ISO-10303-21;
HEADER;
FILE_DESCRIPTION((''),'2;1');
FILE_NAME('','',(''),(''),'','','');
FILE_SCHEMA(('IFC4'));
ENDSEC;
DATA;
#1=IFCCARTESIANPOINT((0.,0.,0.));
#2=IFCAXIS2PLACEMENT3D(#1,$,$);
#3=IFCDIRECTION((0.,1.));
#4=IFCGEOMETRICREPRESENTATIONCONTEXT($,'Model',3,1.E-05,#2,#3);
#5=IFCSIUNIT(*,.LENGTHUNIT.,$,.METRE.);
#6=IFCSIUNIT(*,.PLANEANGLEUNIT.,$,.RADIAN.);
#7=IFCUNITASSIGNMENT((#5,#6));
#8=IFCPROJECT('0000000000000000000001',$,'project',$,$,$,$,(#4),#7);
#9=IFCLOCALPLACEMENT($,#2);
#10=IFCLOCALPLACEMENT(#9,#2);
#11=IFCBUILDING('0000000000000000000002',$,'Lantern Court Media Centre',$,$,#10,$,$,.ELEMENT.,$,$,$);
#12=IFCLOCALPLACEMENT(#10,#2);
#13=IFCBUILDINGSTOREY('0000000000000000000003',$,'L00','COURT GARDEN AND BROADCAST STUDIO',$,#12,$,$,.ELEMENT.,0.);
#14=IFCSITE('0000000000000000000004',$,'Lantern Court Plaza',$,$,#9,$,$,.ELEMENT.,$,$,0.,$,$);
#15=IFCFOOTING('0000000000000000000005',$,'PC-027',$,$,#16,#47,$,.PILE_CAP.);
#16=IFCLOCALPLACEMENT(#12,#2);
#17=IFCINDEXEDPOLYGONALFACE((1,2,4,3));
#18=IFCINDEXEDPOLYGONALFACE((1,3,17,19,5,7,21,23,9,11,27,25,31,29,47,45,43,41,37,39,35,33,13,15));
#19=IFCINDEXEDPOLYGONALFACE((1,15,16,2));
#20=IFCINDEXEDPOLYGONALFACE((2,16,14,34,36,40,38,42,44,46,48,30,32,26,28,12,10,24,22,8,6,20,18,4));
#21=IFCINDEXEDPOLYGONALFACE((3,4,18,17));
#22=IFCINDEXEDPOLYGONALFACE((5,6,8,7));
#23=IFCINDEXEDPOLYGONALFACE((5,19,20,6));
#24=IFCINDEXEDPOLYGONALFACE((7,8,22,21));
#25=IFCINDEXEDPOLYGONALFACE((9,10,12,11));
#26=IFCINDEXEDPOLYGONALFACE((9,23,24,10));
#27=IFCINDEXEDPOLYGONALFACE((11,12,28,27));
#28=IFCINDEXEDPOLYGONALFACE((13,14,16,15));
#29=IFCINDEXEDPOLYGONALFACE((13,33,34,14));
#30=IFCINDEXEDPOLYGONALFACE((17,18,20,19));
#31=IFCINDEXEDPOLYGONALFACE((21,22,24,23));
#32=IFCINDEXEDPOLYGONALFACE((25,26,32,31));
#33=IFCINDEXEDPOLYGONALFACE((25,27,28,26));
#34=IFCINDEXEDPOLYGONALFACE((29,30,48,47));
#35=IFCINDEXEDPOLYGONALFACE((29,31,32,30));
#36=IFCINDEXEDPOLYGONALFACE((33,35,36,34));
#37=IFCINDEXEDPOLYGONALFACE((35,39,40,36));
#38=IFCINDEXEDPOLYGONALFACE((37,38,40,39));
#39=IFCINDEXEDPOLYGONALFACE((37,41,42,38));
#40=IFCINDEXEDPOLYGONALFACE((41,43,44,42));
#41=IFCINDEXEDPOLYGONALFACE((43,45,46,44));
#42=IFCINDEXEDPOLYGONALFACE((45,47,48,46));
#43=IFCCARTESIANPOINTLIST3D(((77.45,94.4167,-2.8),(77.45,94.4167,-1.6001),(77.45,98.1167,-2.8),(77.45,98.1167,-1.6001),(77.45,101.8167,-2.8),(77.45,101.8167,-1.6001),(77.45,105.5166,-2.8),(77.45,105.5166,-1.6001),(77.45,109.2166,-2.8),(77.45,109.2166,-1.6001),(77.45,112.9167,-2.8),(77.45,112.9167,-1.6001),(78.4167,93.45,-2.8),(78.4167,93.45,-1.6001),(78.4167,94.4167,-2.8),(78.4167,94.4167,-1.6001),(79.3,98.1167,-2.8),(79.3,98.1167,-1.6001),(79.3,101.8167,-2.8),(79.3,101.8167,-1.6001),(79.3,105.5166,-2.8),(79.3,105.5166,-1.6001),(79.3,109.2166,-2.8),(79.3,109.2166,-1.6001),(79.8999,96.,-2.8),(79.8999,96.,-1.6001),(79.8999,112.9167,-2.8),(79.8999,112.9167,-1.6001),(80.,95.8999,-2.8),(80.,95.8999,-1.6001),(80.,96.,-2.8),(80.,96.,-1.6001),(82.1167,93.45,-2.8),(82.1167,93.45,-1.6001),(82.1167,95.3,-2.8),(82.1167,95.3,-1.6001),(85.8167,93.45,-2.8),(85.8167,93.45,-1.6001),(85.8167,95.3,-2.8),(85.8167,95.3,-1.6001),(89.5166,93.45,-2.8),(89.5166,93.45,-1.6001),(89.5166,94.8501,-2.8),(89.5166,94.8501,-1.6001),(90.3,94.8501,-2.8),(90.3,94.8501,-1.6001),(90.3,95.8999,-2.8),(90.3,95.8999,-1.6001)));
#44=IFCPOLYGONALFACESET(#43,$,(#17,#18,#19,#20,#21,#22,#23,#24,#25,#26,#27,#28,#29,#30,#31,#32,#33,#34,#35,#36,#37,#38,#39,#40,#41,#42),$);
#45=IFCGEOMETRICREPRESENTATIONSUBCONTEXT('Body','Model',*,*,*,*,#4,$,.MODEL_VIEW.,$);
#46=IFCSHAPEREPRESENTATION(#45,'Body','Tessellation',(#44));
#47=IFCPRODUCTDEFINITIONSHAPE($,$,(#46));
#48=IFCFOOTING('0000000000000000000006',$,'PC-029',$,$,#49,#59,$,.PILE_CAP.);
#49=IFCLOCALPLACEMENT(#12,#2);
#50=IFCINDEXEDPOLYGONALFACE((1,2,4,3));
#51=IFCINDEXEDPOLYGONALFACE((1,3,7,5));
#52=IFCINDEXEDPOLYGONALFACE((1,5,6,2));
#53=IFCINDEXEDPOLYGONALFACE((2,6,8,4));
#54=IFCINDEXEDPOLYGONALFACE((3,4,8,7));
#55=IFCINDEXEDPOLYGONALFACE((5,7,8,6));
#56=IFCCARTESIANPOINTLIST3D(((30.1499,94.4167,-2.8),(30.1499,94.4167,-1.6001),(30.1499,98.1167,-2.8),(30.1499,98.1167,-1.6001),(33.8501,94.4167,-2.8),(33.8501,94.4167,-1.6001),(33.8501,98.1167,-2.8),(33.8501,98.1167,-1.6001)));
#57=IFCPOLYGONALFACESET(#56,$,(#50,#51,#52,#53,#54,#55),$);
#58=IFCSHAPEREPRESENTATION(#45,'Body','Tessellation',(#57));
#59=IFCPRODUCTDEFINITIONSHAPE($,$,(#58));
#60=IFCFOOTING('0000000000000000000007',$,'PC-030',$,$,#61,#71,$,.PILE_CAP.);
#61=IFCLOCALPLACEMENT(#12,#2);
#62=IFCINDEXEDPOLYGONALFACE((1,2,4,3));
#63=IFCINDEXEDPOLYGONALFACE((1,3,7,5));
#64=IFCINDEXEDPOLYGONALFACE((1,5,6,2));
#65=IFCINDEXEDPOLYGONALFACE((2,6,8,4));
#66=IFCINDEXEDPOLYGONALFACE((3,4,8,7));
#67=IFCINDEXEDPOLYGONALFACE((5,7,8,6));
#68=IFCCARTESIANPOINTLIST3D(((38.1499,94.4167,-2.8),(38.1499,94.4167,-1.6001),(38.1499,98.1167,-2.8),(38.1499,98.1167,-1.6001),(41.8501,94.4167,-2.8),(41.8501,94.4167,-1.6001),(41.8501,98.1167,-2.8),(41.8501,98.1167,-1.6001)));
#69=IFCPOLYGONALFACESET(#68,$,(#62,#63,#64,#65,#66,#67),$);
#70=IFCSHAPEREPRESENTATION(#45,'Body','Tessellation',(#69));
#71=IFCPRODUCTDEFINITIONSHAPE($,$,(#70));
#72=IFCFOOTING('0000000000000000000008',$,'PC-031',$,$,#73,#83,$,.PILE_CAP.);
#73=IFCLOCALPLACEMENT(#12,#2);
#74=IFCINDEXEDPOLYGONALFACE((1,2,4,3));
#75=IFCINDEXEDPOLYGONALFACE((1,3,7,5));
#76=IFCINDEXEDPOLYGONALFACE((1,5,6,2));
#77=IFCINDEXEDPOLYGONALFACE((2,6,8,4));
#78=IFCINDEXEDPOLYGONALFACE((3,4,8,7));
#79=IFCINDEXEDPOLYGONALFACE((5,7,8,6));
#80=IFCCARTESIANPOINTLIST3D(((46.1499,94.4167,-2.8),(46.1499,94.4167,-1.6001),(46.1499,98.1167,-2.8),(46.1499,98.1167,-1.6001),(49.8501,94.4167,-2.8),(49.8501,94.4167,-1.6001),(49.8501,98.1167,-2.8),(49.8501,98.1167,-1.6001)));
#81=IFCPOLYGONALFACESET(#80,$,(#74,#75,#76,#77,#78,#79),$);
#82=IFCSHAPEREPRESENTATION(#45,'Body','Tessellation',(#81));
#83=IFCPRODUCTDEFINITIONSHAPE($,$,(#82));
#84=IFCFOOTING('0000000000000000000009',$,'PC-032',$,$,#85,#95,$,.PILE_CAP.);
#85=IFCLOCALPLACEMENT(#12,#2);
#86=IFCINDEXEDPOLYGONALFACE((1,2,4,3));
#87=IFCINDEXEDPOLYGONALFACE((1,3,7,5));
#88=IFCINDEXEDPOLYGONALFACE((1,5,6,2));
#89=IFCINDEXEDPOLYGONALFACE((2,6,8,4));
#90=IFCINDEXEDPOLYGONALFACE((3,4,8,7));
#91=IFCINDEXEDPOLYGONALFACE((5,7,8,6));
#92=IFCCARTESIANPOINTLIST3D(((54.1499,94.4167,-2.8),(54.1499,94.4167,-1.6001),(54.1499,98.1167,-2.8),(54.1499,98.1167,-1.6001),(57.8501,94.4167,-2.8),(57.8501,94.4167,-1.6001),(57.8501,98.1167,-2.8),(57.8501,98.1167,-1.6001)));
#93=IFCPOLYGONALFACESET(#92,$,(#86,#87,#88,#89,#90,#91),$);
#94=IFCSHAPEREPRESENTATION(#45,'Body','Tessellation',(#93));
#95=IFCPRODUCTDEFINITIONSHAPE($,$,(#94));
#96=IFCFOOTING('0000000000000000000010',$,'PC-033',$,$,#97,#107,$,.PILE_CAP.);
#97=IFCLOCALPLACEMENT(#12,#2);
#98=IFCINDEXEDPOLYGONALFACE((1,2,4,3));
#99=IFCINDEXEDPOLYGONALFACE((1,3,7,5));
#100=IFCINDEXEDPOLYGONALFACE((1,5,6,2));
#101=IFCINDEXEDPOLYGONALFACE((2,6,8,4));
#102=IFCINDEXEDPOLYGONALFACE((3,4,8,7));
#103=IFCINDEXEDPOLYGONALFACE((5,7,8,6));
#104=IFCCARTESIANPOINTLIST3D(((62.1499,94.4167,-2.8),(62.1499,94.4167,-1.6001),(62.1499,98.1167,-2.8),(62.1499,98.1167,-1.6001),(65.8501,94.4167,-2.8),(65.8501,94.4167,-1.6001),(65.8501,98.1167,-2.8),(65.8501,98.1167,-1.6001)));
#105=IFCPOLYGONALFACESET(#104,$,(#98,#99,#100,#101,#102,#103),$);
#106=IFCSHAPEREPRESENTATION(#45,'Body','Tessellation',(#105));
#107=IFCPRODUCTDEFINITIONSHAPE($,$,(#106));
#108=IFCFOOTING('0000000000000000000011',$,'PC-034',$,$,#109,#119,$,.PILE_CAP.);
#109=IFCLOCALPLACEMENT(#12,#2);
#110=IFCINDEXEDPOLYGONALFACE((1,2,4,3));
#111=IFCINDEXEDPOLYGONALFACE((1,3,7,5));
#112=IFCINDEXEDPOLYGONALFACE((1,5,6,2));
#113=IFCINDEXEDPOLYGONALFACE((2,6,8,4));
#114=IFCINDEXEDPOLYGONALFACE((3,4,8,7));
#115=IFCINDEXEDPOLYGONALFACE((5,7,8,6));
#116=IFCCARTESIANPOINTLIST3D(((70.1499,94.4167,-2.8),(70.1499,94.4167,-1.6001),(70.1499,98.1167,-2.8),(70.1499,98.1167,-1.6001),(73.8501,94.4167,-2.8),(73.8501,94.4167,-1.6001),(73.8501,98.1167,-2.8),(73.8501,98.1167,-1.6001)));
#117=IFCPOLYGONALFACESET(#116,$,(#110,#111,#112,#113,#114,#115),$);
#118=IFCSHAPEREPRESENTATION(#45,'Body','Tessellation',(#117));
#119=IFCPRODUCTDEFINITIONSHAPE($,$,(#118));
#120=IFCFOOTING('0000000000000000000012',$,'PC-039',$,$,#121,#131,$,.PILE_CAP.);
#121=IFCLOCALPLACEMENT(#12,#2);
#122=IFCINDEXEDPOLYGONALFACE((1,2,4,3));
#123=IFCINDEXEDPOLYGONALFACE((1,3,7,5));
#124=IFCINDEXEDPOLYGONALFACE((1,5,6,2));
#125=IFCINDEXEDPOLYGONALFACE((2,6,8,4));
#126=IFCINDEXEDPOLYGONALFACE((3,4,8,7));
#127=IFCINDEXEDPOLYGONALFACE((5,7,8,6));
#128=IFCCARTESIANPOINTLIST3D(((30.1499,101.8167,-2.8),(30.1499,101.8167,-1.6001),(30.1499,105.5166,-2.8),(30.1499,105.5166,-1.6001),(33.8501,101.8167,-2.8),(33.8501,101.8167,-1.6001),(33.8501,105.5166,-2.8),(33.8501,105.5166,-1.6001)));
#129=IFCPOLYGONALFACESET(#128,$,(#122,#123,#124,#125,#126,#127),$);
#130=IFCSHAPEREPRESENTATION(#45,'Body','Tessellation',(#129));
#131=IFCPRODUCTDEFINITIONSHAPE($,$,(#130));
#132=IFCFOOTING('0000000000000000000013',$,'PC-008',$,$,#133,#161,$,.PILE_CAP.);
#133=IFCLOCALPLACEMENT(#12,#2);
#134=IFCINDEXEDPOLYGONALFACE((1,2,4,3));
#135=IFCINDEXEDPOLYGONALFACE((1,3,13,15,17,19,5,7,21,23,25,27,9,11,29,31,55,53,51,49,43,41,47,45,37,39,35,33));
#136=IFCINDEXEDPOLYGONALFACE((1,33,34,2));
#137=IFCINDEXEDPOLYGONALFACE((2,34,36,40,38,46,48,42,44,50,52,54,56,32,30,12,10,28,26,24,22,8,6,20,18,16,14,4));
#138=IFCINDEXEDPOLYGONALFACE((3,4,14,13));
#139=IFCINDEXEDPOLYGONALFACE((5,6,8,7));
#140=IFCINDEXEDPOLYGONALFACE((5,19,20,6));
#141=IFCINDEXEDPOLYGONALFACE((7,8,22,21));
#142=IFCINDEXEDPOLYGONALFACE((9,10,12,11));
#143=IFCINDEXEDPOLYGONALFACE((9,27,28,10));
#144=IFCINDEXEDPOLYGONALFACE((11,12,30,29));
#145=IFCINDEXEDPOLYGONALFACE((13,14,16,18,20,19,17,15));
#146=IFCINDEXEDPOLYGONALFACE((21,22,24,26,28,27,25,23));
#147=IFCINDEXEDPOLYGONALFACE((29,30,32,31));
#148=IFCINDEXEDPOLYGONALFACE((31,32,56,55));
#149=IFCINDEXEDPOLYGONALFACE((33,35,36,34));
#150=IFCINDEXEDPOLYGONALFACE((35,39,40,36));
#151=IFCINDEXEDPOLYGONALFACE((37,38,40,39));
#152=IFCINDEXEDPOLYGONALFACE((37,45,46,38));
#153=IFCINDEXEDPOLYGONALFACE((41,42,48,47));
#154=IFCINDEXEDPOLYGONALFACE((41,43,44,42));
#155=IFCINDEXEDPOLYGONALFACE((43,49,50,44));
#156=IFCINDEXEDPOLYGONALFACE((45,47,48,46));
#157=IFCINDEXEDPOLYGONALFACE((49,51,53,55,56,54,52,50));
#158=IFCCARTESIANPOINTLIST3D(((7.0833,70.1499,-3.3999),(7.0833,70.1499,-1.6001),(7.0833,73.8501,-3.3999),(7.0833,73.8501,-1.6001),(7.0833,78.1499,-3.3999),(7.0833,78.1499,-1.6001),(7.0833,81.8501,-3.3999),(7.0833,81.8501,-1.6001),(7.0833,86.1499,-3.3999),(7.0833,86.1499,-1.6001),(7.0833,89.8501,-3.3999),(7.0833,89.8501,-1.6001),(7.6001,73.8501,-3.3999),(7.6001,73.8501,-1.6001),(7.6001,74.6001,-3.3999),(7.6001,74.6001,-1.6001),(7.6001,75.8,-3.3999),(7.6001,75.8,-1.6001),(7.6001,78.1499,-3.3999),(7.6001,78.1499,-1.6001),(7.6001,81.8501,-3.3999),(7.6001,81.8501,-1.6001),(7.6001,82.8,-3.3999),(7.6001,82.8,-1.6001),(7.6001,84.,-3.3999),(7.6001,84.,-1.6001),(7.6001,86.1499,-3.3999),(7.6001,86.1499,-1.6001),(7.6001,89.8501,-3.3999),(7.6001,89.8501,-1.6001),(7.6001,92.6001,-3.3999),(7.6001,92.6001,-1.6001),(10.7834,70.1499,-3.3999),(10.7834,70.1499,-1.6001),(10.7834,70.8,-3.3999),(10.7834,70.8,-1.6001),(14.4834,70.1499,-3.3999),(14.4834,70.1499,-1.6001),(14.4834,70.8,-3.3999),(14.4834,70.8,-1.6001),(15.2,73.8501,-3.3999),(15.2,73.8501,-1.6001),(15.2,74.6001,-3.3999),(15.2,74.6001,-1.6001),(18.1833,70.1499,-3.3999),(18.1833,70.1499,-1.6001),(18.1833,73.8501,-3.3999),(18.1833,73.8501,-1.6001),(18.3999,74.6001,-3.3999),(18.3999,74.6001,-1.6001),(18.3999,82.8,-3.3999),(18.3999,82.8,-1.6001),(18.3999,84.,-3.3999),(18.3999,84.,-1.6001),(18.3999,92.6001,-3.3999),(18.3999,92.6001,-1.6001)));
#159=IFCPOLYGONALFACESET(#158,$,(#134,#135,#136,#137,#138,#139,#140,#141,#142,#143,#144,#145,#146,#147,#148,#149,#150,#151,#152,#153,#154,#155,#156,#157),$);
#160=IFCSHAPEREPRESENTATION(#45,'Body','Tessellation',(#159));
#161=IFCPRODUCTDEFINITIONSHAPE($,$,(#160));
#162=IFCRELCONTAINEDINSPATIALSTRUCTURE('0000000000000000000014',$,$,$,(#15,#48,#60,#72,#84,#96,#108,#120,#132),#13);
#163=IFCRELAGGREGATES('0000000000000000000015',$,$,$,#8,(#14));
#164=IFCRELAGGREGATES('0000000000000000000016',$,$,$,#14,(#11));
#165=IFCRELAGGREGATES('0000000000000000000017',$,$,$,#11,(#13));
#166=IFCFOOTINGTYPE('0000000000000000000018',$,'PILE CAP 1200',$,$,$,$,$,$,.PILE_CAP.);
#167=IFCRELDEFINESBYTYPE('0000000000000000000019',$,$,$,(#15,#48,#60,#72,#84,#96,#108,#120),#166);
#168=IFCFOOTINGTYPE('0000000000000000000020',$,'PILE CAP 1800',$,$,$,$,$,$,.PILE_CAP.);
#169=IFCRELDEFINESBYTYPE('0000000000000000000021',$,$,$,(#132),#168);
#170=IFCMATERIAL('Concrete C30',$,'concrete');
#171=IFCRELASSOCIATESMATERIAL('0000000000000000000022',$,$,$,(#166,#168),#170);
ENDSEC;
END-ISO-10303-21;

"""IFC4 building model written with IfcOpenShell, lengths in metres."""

from ifc_helpers import new_model, si_unit, direction, frame, origin, place, context, subcontext, project, spatial, polyline, outline, extrude, material, type_object, element, save


model = new_model("IFC4")

# Units and contexts
model_context = context("Model", 3, precision=1e-05, world=origin(), true_north=direction((0.0, 1.0)))
body_context = subcontext(model_context, "Body", "Model", "MODEL_VIEW")
ifc_project = project(units=[si_unit("LENGTHUNIT", "METRE"), si_unit("PLANEANGLEUNIT", "RADIAN")], contexts=[model_context])

# Site, building, storey
site_placement = place(None, origin())
site = spatial("IfcSite", under=ifc_project, at=site_placement, Name="Lantern Court Plaza", CompositionType="ELEMENT", RefElevation=0.0)
building_placement = place(site_placement, origin())
building = spatial("IfcBuilding", under=site, at=building_placement, Name="Lantern Court Media Centre", CompositionType="ELEMENT")
storey_placement = place(building_placement, origin())
storey = spatial("IfcBuildingStorey", under=building, at=storey_placement, Name="L00", Description="COURT GARDEN AND BROADCAST STUDIO", CompositionType="ELEMENT", Elevation=0.0)

# Footings
ifc_material_1 = material(Name="Concrete C30", Category="concrete")
footing_type_1 = type_object("IfcFootingType", Name="PILE CAP 1200", PredefinedType="PILE_CAP", material=ifc_material_1)
footing_1_placement = place(storey_placement, frame((0.0, 0.0, -2.8)))
element("IfcFooting", 1, at=footing_1_placement, inside=storey, type_object=footing_type_1, Name="PC-027", PredefinedType="PILE_CAP", context=body_context, shape_type="SweptSolid", body=[
    extrude(outline(polyline([(77.45, 98.1167), (79.3, 98.1167), (79.3, 101.8167), (77.45, 101.8167), (77.45, 105.5166), (79.3, 105.5166), (79.3, 109.2166), (77.45, 109.2166), (77.45, 112.9167), (79.8999, 112.9167), (79.8999, 96.0), (80.0, 96.0), (80.0, 95.8999), (90.3, 95.8999), (90.3, 94.8501), (89.5166, 94.8501), (89.5166, 93.45), (85.8167, 93.45), (85.8167, 95.3), (82.1167, 95.3), (82.1167, 93.45), (78.4167, 93.45), (78.4167, 94.4167), (77.45, 94.4167), (77.45, 98.1167)])), origin(), (0.0, 0.0, 1.0), 1.2),
])
footing_2_placement = place(storey_placement, frame((0.0, 0.0, -2.8)))
element("IfcFooting", 2, at=footing_2_placement, inside=storey, type_object=footing_type_1, Name="PC-029", PredefinedType="PILE_CAP", context=body_context, shape_type="SweptSolid", body=[
    extrude(outline(polyline([(30.1499, 94.4167), (30.1499, 98.1167), (33.8501, 98.1167), (33.8501, 94.4167), (30.1499, 94.4167)])), origin(), (0.0, 0.0, 1.0), 1.2),
])
footing_3_placement = place(storey_placement, frame((0.0, 0.0, -2.8)))
element("IfcFooting", 3, at=footing_3_placement, inside=storey, type_object=footing_type_1, Name="PC-030", PredefinedType="PILE_CAP", context=body_context, shape_type="SweptSolid", body=[
    extrude(outline(polyline([(41.8501, 94.4167), (38.1499, 94.4167), (38.1499, 98.1167), (41.8501, 98.1167), (41.8501, 94.4167)])), origin(), (0.0, 0.0, 1.0), 1.2),
])
footing_4_placement = place(storey_placement, frame((0.0, 0.0, -2.8)))
element("IfcFooting", 4, at=footing_4_placement, inside=storey, type_object=footing_type_1, Name="PC-031", PredefinedType="PILE_CAP", context=body_context, shape_type="SweptSolid", body=[
    extrude(outline(polyline([(49.8501, 94.4167), (46.1499, 94.4167), (46.1499, 98.1167), (49.8501, 98.1167), (49.8501, 94.4167)])), origin(), (0.0, 0.0, 1.0), 1.2),
])
footing_5_placement = place(storey_placement, frame((0.0, 0.0, -2.8)))
element("IfcFooting", 5, at=footing_5_placement, inside=storey, type_object=footing_type_1, Name="PC-032", PredefinedType="PILE_CAP", context=body_context, shape_type="SweptSolid", body=[
    extrude(outline(polyline([(57.8501, 94.4167), (54.1499, 94.4167), (54.1499, 98.1167), (57.8501, 98.1167), (57.8501, 94.4167)])), origin(), (0.0, 0.0, 1.0), 1.2),
])
footing_6_placement = place(storey_placement, frame((0.0, 0.0, -2.8)))
element("IfcFooting", 6, at=footing_6_placement, inside=storey, type_object=footing_type_1, Name="PC-033", PredefinedType="PILE_CAP", context=body_context, shape_type="SweptSolid", body=[
    extrude(outline(polyline([(62.1499, 94.4167), (62.1499, 98.1167), (65.8501, 98.1167), (65.8501, 94.4167), (62.1499, 94.4167)])), origin(), (0.0, 0.0, 1.0), 1.2),
])
footing_7_placement = place(storey_placement, frame((0.0, 0.0, -2.8)))
element("IfcFooting", 7, at=footing_7_placement, inside=storey, type_object=footing_type_1, Name="PC-034", PredefinedType="PILE_CAP", context=body_context, shape_type="SweptSolid", body=[
    extrude(outline(polyline([(73.8501, 94.4167), (70.1499, 94.4167), (70.1499, 98.1167), (73.8501, 98.1167), (73.8501, 94.4167)])), origin(), (0.0, 0.0, 1.0), 1.2),
])
footing_8_placement = place(storey_placement, frame((0.0, 0.0, -2.8)))
element("IfcFooting", 8, at=footing_8_placement, inside=storey, type_object=footing_type_1, Name="PC-039", PredefinedType="PILE_CAP", context=body_context, shape_type="SweptSolid", body=[
    extrude(outline(polyline([(33.8501, 101.8167), (30.1499, 101.8167), (30.1499, 105.5166), (33.8501, 105.5166), (33.8501, 101.8167)])), origin(), (0.0, 0.0, 1.0), 1.2),
])
footing_type_2 = type_object("IfcFootingType", Name="PILE CAP 1800", PredefinedType="PILE_CAP", material=ifc_material_1)
footing_9_placement = place(storey_placement, frame((0.0, 0.0, -3.3999)))
element("IfcFooting", 9, at=footing_9_placement, inside=storey, type_object=footing_type_2, Name="PC-008", PredefinedType="PILE_CAP", context=body_context, shape_type="SweptSolid", body=[
    extrude(outline(polyline([(7.6001, 74.6001), (7.6001, 75.8), (7.6001, 78.1499), (7.0833, 78.1499), (7.0833, 81.8501), (7.6001, 81.8501), (7.6001, 82.8), (7.6001, 84.0), (7.6001, 86.1499), (7.0833, 86.1499), (7.0833, 89.8501), (7.6001, 89.8501), (7.6001, 92.6001), (18.3999, 92.6001), (18.3999, 84.0), (18.3999, 82.8), (18.3999, 74.6001), (15.2, 74.6001), (15.2, 73.8501), (18.1833, 73.8501), (18.1833, 70.1499), (14.4834, 70.1499), (14.4834, 70.8), (10.7834, 70.8), (10.7834, 70.1499), (7.0833, 70.1499), (7.0833, 73.8501), (7.6001, 73.8501), (7.6001, 74.6001)])), origin(), (0.0, 0.0, 1.0), 1.7998),
])

save(model, "model.ifc")
